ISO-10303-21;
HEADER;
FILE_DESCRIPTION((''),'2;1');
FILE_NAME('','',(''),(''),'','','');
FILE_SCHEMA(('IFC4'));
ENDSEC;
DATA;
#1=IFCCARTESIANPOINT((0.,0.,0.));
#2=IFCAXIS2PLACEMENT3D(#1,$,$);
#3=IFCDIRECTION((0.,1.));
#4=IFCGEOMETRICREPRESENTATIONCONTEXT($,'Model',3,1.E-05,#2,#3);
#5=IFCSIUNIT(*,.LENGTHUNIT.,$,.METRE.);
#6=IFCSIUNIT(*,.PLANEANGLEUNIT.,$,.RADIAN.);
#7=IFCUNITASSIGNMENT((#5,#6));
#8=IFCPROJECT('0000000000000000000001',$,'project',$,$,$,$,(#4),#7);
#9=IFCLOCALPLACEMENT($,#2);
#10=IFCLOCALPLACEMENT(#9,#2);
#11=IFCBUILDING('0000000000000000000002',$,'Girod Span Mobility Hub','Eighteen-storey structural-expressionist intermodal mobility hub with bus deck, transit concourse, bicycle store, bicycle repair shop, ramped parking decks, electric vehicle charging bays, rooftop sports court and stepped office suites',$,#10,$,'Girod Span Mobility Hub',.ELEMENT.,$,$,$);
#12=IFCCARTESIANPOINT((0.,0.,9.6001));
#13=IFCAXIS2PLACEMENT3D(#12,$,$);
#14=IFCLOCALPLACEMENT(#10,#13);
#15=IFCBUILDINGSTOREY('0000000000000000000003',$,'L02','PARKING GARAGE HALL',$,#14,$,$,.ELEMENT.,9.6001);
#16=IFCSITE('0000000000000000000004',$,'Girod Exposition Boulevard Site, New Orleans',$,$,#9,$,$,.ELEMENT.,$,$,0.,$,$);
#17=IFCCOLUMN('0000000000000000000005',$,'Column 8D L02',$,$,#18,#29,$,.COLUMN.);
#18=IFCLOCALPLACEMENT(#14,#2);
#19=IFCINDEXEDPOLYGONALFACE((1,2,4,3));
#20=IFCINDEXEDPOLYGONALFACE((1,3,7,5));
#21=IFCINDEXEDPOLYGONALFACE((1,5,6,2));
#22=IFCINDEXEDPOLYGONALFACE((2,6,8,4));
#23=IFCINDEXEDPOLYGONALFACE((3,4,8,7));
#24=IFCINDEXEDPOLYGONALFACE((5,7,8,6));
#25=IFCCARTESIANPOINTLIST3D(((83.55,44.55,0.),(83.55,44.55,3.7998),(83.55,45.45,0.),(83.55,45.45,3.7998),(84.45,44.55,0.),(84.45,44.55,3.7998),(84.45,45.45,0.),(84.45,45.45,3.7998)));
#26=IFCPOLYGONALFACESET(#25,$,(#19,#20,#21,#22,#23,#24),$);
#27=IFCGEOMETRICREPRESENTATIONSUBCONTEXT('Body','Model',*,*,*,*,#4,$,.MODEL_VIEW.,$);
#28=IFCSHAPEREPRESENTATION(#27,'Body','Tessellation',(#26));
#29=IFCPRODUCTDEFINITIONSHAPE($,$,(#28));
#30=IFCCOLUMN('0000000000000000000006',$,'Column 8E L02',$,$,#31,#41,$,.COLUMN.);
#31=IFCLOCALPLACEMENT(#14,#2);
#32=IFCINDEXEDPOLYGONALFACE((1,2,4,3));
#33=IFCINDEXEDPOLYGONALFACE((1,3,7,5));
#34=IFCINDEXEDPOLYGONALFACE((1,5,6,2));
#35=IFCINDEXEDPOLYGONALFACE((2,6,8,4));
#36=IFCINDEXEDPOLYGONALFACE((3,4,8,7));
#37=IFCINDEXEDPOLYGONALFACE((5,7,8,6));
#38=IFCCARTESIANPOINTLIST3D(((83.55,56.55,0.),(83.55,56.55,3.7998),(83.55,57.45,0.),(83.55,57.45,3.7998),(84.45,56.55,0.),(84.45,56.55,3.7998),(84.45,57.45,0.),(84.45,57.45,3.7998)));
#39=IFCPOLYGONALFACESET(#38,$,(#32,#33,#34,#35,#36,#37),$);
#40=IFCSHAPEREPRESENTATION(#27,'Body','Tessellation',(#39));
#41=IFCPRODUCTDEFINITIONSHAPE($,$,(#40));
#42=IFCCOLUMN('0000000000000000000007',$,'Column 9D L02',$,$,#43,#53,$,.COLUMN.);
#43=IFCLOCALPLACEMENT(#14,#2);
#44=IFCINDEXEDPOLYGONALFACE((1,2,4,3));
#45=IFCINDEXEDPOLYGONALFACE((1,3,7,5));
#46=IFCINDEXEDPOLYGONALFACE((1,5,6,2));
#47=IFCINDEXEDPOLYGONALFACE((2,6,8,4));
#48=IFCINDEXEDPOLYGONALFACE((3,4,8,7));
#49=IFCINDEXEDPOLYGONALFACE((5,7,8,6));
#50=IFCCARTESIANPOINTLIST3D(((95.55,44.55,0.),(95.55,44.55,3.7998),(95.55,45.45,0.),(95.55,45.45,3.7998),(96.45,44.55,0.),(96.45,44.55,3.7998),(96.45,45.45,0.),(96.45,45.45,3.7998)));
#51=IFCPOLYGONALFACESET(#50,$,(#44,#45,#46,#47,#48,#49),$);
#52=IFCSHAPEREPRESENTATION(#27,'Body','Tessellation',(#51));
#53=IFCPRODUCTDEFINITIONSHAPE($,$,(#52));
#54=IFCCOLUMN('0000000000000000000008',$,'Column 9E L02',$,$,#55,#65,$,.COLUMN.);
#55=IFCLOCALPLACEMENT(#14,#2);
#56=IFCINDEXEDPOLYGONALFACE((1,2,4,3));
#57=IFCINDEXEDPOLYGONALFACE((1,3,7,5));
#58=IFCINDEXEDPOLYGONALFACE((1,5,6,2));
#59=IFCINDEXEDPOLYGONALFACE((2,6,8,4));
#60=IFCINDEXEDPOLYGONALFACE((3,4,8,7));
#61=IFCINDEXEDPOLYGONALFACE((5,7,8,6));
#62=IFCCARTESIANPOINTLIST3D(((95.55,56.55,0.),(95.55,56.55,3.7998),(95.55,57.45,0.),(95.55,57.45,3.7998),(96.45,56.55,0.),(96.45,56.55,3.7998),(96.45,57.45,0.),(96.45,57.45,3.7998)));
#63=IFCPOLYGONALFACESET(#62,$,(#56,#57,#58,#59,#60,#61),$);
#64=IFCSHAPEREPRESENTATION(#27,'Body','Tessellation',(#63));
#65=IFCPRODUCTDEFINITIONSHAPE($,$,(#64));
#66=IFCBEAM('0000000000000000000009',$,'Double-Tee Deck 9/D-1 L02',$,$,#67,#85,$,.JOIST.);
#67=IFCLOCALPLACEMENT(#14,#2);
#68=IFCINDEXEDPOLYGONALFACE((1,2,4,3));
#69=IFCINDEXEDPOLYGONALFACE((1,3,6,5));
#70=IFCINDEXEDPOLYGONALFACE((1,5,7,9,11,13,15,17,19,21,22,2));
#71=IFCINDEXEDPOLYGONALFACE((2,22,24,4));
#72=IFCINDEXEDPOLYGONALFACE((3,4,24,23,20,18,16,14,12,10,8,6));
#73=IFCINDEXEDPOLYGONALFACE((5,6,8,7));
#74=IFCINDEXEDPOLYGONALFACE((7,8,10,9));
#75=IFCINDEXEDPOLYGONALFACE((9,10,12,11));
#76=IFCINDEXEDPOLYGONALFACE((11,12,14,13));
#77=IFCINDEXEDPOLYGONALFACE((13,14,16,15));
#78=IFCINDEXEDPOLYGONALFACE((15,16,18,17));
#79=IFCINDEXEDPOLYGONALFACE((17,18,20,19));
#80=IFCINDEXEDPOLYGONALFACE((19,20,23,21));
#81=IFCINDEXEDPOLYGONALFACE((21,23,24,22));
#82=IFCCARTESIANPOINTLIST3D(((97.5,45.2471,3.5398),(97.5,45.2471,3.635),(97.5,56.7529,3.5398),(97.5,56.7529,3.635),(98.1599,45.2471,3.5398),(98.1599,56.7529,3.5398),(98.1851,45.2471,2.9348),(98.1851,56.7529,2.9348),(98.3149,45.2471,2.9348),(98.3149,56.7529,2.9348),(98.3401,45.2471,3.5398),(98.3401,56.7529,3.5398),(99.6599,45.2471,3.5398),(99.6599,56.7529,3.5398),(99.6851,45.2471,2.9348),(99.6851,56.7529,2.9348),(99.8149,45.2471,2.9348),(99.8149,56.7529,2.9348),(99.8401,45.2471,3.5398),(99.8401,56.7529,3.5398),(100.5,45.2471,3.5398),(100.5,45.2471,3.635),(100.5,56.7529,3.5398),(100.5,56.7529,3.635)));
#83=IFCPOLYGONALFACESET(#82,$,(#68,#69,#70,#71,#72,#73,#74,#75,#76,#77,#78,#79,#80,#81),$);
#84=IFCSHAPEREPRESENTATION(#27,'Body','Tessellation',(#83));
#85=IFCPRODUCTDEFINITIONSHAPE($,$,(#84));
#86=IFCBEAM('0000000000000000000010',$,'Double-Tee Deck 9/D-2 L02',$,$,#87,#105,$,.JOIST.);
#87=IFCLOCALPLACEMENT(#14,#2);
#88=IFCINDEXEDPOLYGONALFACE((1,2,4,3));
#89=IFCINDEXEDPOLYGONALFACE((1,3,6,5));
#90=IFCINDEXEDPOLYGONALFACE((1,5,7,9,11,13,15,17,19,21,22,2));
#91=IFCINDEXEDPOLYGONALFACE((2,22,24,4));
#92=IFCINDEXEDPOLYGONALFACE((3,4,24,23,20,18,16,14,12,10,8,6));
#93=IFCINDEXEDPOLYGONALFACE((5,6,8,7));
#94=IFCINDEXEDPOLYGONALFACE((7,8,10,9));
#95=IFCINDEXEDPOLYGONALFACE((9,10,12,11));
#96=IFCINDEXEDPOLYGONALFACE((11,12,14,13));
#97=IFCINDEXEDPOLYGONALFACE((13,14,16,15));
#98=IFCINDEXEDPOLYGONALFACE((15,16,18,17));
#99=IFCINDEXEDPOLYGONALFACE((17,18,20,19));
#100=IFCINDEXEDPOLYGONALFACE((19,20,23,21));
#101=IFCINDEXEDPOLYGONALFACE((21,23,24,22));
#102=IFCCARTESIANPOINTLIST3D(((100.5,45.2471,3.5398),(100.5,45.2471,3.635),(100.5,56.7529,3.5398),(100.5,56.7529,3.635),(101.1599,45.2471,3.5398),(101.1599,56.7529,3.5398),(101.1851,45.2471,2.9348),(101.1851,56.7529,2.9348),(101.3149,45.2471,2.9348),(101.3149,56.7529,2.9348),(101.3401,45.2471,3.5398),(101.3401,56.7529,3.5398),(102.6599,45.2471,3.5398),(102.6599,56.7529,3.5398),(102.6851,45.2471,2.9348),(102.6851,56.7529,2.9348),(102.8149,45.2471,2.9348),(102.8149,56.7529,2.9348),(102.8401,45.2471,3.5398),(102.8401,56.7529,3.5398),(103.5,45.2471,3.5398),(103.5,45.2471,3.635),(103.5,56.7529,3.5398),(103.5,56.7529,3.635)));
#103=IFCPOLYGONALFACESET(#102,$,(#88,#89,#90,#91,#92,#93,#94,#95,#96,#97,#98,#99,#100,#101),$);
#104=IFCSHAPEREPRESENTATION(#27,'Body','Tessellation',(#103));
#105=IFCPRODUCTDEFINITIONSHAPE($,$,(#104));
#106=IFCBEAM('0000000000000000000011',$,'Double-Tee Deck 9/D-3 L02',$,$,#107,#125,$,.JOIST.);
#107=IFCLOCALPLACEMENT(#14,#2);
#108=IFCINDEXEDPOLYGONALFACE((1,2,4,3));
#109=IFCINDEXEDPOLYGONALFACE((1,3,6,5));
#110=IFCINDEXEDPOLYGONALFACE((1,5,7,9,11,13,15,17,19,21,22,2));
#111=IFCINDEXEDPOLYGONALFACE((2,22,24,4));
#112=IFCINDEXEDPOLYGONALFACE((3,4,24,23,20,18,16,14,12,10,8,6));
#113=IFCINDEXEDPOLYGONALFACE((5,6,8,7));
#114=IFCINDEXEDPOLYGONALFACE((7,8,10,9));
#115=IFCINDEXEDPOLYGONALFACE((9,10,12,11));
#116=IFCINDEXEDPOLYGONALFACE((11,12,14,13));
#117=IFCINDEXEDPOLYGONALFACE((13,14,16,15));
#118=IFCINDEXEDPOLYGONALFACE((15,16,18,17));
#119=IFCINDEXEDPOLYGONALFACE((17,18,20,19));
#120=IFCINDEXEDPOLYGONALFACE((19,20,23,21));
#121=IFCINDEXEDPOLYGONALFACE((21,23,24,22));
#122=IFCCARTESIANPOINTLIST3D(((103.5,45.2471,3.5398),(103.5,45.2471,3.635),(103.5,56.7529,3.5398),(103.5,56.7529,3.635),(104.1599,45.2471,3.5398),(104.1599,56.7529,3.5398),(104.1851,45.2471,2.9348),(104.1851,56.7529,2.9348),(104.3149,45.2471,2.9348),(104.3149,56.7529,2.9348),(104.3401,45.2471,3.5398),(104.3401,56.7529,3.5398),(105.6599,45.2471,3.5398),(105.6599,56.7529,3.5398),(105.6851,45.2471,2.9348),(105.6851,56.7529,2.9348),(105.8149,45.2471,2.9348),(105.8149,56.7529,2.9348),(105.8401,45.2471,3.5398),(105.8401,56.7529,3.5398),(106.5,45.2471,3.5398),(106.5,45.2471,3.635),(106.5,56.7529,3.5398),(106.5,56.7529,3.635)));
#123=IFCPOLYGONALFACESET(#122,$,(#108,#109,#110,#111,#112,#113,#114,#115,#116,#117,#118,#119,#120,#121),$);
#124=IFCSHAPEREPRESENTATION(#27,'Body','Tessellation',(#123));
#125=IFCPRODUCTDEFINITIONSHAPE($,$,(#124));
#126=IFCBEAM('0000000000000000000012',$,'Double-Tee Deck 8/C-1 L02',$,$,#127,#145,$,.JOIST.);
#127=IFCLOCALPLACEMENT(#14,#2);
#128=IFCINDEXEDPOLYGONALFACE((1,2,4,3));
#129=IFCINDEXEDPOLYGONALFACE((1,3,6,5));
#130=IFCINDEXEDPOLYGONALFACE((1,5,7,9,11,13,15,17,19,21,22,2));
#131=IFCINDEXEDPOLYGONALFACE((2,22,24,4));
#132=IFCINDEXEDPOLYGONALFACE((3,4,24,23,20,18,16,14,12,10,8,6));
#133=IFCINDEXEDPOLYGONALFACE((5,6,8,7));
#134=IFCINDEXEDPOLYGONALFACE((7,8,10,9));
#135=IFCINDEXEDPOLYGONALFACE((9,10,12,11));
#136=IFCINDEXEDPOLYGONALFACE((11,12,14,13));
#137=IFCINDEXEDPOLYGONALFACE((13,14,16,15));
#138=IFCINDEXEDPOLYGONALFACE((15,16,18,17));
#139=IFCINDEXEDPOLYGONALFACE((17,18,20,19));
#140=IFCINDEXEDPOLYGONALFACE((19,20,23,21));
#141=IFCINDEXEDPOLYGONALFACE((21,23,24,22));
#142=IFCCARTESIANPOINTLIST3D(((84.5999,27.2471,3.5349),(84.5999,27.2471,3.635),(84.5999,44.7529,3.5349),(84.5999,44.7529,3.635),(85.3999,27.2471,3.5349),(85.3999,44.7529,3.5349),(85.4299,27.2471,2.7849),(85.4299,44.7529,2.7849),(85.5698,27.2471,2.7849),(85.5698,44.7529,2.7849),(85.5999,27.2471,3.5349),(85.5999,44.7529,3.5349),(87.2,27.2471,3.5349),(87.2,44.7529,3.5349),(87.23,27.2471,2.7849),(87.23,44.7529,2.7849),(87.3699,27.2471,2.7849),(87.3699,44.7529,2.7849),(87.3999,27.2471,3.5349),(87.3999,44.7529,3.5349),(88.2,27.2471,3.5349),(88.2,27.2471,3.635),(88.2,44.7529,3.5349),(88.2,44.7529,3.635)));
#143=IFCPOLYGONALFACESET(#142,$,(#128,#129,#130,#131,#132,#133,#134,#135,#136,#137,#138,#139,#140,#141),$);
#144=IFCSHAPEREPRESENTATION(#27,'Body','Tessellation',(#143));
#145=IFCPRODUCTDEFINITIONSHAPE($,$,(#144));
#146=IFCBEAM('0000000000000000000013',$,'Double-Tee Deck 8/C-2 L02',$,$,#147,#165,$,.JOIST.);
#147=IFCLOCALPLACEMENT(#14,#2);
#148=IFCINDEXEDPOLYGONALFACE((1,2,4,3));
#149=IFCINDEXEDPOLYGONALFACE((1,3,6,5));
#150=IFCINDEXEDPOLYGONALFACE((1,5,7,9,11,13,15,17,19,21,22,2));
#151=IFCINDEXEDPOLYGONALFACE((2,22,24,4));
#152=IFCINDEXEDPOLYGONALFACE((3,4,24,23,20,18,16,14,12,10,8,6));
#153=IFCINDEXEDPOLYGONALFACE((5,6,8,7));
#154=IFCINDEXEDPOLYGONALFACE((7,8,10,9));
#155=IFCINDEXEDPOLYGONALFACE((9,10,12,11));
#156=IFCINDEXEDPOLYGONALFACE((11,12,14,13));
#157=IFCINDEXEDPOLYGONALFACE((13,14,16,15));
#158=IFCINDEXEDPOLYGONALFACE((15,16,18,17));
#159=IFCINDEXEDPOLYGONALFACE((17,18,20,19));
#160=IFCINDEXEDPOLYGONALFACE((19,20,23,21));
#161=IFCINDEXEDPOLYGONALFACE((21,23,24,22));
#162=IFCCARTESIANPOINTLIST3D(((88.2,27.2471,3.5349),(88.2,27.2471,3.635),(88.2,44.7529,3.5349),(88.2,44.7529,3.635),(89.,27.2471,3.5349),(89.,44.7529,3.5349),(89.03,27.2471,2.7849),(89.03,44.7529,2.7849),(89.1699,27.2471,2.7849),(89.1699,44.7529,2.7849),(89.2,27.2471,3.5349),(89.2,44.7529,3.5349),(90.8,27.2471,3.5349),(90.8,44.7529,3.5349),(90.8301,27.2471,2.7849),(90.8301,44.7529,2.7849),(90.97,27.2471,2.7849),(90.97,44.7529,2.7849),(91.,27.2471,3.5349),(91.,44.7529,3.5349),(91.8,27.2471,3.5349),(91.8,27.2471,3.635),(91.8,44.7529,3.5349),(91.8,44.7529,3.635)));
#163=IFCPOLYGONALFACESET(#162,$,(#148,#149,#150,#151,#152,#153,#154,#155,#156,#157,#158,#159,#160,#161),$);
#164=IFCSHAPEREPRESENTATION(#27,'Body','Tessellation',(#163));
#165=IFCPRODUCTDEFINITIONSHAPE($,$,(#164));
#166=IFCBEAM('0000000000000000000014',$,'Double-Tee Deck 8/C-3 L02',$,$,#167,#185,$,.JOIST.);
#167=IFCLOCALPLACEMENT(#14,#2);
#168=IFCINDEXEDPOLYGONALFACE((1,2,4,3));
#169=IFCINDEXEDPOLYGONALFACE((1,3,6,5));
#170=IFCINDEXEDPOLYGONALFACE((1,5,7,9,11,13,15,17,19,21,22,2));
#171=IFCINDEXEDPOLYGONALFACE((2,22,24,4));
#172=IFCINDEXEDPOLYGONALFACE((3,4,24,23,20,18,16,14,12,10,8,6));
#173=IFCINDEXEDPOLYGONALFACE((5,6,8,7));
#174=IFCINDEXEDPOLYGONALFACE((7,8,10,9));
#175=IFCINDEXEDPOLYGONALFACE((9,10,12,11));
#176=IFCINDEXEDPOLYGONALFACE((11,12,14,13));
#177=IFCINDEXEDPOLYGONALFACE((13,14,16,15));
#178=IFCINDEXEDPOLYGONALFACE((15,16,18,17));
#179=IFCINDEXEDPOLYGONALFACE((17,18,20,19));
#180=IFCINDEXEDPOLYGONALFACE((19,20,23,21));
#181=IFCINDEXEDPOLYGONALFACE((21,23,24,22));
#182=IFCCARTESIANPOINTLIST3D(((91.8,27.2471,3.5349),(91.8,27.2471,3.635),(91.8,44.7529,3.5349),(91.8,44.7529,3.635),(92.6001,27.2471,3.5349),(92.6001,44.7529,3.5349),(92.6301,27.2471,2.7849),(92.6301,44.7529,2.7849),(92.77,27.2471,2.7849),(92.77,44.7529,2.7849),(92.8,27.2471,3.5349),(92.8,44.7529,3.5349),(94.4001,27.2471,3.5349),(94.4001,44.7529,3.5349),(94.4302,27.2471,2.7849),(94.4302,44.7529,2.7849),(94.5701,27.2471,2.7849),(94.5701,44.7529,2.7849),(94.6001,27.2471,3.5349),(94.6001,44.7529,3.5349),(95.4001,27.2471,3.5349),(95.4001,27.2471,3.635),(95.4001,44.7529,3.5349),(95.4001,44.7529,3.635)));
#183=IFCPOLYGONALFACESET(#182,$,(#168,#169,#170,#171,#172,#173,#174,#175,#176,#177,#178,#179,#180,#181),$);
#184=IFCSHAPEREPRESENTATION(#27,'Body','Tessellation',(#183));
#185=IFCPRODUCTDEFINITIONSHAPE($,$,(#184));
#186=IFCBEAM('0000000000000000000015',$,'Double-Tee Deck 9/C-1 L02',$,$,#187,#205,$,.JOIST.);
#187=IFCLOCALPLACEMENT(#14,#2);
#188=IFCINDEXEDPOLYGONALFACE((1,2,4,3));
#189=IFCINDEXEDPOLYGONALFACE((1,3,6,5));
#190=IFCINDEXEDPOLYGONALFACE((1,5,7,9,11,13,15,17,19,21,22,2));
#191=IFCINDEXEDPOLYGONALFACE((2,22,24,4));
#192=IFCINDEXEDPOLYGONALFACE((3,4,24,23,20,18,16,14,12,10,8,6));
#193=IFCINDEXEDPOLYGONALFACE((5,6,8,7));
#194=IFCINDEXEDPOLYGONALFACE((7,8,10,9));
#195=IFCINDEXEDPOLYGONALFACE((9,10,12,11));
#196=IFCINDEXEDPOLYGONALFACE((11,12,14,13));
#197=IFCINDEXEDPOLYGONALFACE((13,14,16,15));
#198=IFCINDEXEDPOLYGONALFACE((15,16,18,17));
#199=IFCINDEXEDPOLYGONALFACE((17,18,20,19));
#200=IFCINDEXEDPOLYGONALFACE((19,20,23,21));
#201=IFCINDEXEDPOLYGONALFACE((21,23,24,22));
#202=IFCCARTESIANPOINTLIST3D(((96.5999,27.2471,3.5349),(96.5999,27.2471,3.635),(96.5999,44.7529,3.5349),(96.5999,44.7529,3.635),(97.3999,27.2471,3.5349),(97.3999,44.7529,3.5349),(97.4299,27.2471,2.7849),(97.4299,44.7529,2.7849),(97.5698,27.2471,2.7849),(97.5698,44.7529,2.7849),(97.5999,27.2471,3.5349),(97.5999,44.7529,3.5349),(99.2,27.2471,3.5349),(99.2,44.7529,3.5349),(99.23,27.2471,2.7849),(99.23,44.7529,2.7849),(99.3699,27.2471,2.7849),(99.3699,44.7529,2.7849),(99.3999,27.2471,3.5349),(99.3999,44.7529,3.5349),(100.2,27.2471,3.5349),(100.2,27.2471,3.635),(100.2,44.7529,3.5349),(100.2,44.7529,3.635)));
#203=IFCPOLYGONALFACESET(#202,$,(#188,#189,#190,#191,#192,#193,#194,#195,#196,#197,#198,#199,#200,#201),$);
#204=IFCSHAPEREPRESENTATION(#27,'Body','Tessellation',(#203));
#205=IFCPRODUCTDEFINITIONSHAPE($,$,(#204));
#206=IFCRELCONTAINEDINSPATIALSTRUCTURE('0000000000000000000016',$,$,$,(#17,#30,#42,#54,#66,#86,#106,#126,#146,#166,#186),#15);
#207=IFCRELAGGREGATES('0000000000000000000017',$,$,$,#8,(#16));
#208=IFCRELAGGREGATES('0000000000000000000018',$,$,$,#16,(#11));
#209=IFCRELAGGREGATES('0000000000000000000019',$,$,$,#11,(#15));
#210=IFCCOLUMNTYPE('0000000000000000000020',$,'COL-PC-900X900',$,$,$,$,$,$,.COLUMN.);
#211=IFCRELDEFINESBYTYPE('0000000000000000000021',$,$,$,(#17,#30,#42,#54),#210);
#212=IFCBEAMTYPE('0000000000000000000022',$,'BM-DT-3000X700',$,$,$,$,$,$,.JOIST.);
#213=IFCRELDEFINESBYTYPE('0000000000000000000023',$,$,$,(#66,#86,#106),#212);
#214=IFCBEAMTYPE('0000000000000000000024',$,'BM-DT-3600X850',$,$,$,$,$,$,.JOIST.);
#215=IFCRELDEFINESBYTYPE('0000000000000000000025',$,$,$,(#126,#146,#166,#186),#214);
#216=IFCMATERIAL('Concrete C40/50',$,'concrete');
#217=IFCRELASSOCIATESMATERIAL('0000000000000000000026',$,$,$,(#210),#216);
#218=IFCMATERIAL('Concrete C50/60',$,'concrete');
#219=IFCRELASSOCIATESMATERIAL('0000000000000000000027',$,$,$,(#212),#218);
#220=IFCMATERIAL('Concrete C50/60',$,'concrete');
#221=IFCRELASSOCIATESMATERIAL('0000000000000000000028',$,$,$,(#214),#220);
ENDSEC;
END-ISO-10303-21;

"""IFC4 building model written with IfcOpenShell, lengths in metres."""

from ifc_helpers import new_model, si_unit, direction, frame, origin, origin_2d, place, context, subcontext, project, spatial, polyline, rectangle, outline, extrude, material, material_profile, profile_set, type_object, element, save


model = new_model("IFC4")

# Units and contexts
model_context = context("Model", 3, precision=1e-05, world=origin(), true_north=direction((0.0, 1.0)))
body_context = subcontext(model_context, "Body", "Model", "MODEL_VIEW")
ifc_project = project(units=[si_unit("LENGTHUNIT", "METRE"), si_unit("PLANEANGLEUNIT", "RADIAN")], contexts=[model_context])

# Site, building, storey
site_placement = place(None, origin())
site = spatial("IfcSite", under=ifc_project, at=site_placement, Name="Girod Exposition Boulevard Site, New Orleans", CompositionType="ELEMENT", RefElevation=0.0)
building_placement = place(site_placement, origin())
building = spatial("IfcBuilding", under=site, at=building_placement, Name="Girod Span Mobility Hub", Description="Eighteen-storey structural-expressionist intermodal mobility hub with bus deck, transit concourse, bicycle store, bicycle repair shop, ramped parking decks, electric vehicle charging bays, rooftop sports court and stepped office suites", LongName="Girod Span Mobility Hub", CompositionType="ELEMENT")
storey_placement = place(building_placement, frame((0.0, 0.0, 9.6001)))
storey = spatial("IfcBuildingStorey", under=building, at=storey_placement, Name="L02", Description="PARKING GARAGE HALL", CompositionType="ELEMENT", Elevation=9.6001)

# Columns
ifc_material_1 = material(Name="Concrete C40/50", Category="concrete")
ifc_material_profile_1 = material_profile(ifc_material_1, rectangle(XDim=0.8999, YDim=0.8999, at=origin_2d()), Name="PC-COL-900X900")
ifc_profile_set_1 = profile_set([ifc_material_profile_1], Name="Concrete C40/50")
column_type = type_object("IfcColumnType", Name="COL-PC-900X900", PredefinedType="COLUMN", material=ifc_profile_set_1)
for number, where, z_axis, x_axis, name in (
    (1, (84.0, 45.0, 0.0), (0.0, 0.0, 1.0), (1.0, 0.0, 0.0), "Column 8D L02"),
    (2, (84.0, 57.0, 0.0), (0.0, 0.0, 1.0), (1.0, 0.0, 0.0), "Column 8E L02"),
    (3, (96.0, 45.0, 0.0), (0.0, 0.0, 1.0), (1.0, 0.0, 0.0), "Column 9D L02"),
    (4, (96.0, 57.0, 0.0), (0.0, 0.0, 1.0), (1.0, 0.0, 0.0), "Column 9E L02"),
):
    element("IfcColumn", number, at=place(storey_placement, frame(where, z_axis=z_axis, x_axis=x_axis)), inside=storey, type_object=column_type, Name=name, PredefinedType="COLUMN", context=body_context, shape_type="SweptSolid", body=[
        extrude(rectangle(XDim=0.8999, YDim=0.8999, at=origin_2d()), origin(), (0.0, 0.0, 1.0), 3.7998),
    ])

# Beams
ifc_material_2 = material(Name="Concrete C50/60", Category="concrete")
ifc_material_profile_2 = material_profile(ifc_material_2, outline(polyline([(-1.5, 0.3501), (-1.5, 0.2549), (-0.8401, 0.2549), (-0.8149, -0.3501), (-0.6851, -0.3501), (-0.6599, 0.2549), (0.6599, 0.2549), (0.6851, -0.3501), (0.8149, -0.3501), (0.8401, 0.2549), (1.5, 0.2549), (1.5, 0.3501), (-1.5, 0.3501)])), Name="DT-3000X700")
ifc_profile_set_2 = profile_set([ifc_material_profile_2], Name="Concrete C50/60")
beam_type_1 = type_object("IfcBeamType", Name="BM-DT-3000X700", PredefinedType="JOIST", material=ifc_profile_set_2)
for number, where, z_axis, x_axis, name in (
    (5, (99.0, 45.2471, 3.2849), (0.0, 1.0, 0.0), (-1.0, 0.0, 0.0), "Double-Tee Deck 9/D-1 L02"),
    (6, (102.0, 45.2471, 3.2849), (0.0, 1.0, 0.0), (-1.0, 0.0, 0.0), "Double-Tee Deck 9/D-2 L02"),
    (7, (105.0, 45.2471, 3.2849), (0.0, 1.0, 0.0), (-1.0, 0.0, 0.0), "Double-Tee Deck 9/D-3 L02"),
):
    element("IfcBeam", number, at=place(storey_placement, frame(where, z_axis=z_axis, x_axis=x_axis)), inside=storey, type_object=beam_type_1, Name=name, PredefinedType="JOIST", context=body_context, shape_type="SweptSolid", body=[
        extrude(outline(polyline([(-1.5, 0.3501), (-1.5, 0.2549), (-0.8401, 0.2549), (-0.8149, -0.3501), (-0.6851, -0.3501), (-0.6599, 0.2549), (0.6599, 0.2549), (0.6851, -0.3501), (0.8149, -0.3501), (0.8401, 0.2549), (1.5, 0.2549), (1.5, 0.3501), (-1.5, 0.3501)])), origin(), (0.0, 0.0, 1.0), 11.5059),
    ])
ifc_material_3 = material(Name="Concrete C50/60", Category="concrete")
ifc_material_profile_3 = material_profile(ifc_material_3, outline(polyline([(-1.8, 0.425), (-1.8, 0.325), (-1.0, 0.325), (-0.97, -0.425), (-0.8301, -0.425), (-0.8, 0.325), (0.8, 0.325), (0.8301, -0.425), (0.97, -0.425), (1.0, 0.325), (1.8, 0.325), (1.8, 0.425), (-1.8, 0.425)])), Name="DT-3600X850")
ifc_profile_set_3 = profile_set([ifc_material_profile_3], Name="Concrete C50/60")
beam_type_2 = type_object("IfcBeamType", Name="BM-DT-3600X850", PredefinedType="JOIST", material=ifc_profile_set_3)
for number, where, z_axis, x_axis, name in (
    (8, (86.3999, 27.2471, 3.21), (0.0, 1.0, 0.0), (-1.0, 0.0, 0.0), "Double-Tee Deck 8/C-1 L02"),
    (9, (90.0, 27.2471, 3.21), (0.0, 1.0, 0.0), (-1.0, 0.0, 0.0), "Double-Tee Deck 8/C-2 L02"),
    (10, (93.6001, 27.2471, 3.21), (0.0, 1.0, 0.0), (-1.0, 0.0, 0.0), "Double-Tee Deck 8/C-3 L02"),
    (11, (98.3999, 27.2471, 3.21), (0.0, 1.0, 0.0), (-1.0, 0.0, 0.0), "Double-Tee Deck 9/C-1 L02"),
):
    element("IfcBeam", number, at=place(storey_placement, frame(where, z_axis=z_axis, x_axis=x_axis)), inside=storey, type_object=beam_type_2, Name=name, PredefinedType="JOIST", context=body_context, shape_type="SweptSolid", body=[
        extrude(outline(polyline([(-1.8, 0.425), (-1.8, 0.325), (-1.0, 0.325), (-0.97, -0.425), (-0.8301, -0.425), (-0.8, 0.325), (0.8, 0.325), (0.8301, -0.425), (0.97, -0.425), (1.0, 0.325), (1.8, 0.325), (1.8, 0.425), (-1.8, 0.425)])), origin(), (0.0, 0.0, 1.0), 17.5059),
    ])

save(model, "model.ifc")
